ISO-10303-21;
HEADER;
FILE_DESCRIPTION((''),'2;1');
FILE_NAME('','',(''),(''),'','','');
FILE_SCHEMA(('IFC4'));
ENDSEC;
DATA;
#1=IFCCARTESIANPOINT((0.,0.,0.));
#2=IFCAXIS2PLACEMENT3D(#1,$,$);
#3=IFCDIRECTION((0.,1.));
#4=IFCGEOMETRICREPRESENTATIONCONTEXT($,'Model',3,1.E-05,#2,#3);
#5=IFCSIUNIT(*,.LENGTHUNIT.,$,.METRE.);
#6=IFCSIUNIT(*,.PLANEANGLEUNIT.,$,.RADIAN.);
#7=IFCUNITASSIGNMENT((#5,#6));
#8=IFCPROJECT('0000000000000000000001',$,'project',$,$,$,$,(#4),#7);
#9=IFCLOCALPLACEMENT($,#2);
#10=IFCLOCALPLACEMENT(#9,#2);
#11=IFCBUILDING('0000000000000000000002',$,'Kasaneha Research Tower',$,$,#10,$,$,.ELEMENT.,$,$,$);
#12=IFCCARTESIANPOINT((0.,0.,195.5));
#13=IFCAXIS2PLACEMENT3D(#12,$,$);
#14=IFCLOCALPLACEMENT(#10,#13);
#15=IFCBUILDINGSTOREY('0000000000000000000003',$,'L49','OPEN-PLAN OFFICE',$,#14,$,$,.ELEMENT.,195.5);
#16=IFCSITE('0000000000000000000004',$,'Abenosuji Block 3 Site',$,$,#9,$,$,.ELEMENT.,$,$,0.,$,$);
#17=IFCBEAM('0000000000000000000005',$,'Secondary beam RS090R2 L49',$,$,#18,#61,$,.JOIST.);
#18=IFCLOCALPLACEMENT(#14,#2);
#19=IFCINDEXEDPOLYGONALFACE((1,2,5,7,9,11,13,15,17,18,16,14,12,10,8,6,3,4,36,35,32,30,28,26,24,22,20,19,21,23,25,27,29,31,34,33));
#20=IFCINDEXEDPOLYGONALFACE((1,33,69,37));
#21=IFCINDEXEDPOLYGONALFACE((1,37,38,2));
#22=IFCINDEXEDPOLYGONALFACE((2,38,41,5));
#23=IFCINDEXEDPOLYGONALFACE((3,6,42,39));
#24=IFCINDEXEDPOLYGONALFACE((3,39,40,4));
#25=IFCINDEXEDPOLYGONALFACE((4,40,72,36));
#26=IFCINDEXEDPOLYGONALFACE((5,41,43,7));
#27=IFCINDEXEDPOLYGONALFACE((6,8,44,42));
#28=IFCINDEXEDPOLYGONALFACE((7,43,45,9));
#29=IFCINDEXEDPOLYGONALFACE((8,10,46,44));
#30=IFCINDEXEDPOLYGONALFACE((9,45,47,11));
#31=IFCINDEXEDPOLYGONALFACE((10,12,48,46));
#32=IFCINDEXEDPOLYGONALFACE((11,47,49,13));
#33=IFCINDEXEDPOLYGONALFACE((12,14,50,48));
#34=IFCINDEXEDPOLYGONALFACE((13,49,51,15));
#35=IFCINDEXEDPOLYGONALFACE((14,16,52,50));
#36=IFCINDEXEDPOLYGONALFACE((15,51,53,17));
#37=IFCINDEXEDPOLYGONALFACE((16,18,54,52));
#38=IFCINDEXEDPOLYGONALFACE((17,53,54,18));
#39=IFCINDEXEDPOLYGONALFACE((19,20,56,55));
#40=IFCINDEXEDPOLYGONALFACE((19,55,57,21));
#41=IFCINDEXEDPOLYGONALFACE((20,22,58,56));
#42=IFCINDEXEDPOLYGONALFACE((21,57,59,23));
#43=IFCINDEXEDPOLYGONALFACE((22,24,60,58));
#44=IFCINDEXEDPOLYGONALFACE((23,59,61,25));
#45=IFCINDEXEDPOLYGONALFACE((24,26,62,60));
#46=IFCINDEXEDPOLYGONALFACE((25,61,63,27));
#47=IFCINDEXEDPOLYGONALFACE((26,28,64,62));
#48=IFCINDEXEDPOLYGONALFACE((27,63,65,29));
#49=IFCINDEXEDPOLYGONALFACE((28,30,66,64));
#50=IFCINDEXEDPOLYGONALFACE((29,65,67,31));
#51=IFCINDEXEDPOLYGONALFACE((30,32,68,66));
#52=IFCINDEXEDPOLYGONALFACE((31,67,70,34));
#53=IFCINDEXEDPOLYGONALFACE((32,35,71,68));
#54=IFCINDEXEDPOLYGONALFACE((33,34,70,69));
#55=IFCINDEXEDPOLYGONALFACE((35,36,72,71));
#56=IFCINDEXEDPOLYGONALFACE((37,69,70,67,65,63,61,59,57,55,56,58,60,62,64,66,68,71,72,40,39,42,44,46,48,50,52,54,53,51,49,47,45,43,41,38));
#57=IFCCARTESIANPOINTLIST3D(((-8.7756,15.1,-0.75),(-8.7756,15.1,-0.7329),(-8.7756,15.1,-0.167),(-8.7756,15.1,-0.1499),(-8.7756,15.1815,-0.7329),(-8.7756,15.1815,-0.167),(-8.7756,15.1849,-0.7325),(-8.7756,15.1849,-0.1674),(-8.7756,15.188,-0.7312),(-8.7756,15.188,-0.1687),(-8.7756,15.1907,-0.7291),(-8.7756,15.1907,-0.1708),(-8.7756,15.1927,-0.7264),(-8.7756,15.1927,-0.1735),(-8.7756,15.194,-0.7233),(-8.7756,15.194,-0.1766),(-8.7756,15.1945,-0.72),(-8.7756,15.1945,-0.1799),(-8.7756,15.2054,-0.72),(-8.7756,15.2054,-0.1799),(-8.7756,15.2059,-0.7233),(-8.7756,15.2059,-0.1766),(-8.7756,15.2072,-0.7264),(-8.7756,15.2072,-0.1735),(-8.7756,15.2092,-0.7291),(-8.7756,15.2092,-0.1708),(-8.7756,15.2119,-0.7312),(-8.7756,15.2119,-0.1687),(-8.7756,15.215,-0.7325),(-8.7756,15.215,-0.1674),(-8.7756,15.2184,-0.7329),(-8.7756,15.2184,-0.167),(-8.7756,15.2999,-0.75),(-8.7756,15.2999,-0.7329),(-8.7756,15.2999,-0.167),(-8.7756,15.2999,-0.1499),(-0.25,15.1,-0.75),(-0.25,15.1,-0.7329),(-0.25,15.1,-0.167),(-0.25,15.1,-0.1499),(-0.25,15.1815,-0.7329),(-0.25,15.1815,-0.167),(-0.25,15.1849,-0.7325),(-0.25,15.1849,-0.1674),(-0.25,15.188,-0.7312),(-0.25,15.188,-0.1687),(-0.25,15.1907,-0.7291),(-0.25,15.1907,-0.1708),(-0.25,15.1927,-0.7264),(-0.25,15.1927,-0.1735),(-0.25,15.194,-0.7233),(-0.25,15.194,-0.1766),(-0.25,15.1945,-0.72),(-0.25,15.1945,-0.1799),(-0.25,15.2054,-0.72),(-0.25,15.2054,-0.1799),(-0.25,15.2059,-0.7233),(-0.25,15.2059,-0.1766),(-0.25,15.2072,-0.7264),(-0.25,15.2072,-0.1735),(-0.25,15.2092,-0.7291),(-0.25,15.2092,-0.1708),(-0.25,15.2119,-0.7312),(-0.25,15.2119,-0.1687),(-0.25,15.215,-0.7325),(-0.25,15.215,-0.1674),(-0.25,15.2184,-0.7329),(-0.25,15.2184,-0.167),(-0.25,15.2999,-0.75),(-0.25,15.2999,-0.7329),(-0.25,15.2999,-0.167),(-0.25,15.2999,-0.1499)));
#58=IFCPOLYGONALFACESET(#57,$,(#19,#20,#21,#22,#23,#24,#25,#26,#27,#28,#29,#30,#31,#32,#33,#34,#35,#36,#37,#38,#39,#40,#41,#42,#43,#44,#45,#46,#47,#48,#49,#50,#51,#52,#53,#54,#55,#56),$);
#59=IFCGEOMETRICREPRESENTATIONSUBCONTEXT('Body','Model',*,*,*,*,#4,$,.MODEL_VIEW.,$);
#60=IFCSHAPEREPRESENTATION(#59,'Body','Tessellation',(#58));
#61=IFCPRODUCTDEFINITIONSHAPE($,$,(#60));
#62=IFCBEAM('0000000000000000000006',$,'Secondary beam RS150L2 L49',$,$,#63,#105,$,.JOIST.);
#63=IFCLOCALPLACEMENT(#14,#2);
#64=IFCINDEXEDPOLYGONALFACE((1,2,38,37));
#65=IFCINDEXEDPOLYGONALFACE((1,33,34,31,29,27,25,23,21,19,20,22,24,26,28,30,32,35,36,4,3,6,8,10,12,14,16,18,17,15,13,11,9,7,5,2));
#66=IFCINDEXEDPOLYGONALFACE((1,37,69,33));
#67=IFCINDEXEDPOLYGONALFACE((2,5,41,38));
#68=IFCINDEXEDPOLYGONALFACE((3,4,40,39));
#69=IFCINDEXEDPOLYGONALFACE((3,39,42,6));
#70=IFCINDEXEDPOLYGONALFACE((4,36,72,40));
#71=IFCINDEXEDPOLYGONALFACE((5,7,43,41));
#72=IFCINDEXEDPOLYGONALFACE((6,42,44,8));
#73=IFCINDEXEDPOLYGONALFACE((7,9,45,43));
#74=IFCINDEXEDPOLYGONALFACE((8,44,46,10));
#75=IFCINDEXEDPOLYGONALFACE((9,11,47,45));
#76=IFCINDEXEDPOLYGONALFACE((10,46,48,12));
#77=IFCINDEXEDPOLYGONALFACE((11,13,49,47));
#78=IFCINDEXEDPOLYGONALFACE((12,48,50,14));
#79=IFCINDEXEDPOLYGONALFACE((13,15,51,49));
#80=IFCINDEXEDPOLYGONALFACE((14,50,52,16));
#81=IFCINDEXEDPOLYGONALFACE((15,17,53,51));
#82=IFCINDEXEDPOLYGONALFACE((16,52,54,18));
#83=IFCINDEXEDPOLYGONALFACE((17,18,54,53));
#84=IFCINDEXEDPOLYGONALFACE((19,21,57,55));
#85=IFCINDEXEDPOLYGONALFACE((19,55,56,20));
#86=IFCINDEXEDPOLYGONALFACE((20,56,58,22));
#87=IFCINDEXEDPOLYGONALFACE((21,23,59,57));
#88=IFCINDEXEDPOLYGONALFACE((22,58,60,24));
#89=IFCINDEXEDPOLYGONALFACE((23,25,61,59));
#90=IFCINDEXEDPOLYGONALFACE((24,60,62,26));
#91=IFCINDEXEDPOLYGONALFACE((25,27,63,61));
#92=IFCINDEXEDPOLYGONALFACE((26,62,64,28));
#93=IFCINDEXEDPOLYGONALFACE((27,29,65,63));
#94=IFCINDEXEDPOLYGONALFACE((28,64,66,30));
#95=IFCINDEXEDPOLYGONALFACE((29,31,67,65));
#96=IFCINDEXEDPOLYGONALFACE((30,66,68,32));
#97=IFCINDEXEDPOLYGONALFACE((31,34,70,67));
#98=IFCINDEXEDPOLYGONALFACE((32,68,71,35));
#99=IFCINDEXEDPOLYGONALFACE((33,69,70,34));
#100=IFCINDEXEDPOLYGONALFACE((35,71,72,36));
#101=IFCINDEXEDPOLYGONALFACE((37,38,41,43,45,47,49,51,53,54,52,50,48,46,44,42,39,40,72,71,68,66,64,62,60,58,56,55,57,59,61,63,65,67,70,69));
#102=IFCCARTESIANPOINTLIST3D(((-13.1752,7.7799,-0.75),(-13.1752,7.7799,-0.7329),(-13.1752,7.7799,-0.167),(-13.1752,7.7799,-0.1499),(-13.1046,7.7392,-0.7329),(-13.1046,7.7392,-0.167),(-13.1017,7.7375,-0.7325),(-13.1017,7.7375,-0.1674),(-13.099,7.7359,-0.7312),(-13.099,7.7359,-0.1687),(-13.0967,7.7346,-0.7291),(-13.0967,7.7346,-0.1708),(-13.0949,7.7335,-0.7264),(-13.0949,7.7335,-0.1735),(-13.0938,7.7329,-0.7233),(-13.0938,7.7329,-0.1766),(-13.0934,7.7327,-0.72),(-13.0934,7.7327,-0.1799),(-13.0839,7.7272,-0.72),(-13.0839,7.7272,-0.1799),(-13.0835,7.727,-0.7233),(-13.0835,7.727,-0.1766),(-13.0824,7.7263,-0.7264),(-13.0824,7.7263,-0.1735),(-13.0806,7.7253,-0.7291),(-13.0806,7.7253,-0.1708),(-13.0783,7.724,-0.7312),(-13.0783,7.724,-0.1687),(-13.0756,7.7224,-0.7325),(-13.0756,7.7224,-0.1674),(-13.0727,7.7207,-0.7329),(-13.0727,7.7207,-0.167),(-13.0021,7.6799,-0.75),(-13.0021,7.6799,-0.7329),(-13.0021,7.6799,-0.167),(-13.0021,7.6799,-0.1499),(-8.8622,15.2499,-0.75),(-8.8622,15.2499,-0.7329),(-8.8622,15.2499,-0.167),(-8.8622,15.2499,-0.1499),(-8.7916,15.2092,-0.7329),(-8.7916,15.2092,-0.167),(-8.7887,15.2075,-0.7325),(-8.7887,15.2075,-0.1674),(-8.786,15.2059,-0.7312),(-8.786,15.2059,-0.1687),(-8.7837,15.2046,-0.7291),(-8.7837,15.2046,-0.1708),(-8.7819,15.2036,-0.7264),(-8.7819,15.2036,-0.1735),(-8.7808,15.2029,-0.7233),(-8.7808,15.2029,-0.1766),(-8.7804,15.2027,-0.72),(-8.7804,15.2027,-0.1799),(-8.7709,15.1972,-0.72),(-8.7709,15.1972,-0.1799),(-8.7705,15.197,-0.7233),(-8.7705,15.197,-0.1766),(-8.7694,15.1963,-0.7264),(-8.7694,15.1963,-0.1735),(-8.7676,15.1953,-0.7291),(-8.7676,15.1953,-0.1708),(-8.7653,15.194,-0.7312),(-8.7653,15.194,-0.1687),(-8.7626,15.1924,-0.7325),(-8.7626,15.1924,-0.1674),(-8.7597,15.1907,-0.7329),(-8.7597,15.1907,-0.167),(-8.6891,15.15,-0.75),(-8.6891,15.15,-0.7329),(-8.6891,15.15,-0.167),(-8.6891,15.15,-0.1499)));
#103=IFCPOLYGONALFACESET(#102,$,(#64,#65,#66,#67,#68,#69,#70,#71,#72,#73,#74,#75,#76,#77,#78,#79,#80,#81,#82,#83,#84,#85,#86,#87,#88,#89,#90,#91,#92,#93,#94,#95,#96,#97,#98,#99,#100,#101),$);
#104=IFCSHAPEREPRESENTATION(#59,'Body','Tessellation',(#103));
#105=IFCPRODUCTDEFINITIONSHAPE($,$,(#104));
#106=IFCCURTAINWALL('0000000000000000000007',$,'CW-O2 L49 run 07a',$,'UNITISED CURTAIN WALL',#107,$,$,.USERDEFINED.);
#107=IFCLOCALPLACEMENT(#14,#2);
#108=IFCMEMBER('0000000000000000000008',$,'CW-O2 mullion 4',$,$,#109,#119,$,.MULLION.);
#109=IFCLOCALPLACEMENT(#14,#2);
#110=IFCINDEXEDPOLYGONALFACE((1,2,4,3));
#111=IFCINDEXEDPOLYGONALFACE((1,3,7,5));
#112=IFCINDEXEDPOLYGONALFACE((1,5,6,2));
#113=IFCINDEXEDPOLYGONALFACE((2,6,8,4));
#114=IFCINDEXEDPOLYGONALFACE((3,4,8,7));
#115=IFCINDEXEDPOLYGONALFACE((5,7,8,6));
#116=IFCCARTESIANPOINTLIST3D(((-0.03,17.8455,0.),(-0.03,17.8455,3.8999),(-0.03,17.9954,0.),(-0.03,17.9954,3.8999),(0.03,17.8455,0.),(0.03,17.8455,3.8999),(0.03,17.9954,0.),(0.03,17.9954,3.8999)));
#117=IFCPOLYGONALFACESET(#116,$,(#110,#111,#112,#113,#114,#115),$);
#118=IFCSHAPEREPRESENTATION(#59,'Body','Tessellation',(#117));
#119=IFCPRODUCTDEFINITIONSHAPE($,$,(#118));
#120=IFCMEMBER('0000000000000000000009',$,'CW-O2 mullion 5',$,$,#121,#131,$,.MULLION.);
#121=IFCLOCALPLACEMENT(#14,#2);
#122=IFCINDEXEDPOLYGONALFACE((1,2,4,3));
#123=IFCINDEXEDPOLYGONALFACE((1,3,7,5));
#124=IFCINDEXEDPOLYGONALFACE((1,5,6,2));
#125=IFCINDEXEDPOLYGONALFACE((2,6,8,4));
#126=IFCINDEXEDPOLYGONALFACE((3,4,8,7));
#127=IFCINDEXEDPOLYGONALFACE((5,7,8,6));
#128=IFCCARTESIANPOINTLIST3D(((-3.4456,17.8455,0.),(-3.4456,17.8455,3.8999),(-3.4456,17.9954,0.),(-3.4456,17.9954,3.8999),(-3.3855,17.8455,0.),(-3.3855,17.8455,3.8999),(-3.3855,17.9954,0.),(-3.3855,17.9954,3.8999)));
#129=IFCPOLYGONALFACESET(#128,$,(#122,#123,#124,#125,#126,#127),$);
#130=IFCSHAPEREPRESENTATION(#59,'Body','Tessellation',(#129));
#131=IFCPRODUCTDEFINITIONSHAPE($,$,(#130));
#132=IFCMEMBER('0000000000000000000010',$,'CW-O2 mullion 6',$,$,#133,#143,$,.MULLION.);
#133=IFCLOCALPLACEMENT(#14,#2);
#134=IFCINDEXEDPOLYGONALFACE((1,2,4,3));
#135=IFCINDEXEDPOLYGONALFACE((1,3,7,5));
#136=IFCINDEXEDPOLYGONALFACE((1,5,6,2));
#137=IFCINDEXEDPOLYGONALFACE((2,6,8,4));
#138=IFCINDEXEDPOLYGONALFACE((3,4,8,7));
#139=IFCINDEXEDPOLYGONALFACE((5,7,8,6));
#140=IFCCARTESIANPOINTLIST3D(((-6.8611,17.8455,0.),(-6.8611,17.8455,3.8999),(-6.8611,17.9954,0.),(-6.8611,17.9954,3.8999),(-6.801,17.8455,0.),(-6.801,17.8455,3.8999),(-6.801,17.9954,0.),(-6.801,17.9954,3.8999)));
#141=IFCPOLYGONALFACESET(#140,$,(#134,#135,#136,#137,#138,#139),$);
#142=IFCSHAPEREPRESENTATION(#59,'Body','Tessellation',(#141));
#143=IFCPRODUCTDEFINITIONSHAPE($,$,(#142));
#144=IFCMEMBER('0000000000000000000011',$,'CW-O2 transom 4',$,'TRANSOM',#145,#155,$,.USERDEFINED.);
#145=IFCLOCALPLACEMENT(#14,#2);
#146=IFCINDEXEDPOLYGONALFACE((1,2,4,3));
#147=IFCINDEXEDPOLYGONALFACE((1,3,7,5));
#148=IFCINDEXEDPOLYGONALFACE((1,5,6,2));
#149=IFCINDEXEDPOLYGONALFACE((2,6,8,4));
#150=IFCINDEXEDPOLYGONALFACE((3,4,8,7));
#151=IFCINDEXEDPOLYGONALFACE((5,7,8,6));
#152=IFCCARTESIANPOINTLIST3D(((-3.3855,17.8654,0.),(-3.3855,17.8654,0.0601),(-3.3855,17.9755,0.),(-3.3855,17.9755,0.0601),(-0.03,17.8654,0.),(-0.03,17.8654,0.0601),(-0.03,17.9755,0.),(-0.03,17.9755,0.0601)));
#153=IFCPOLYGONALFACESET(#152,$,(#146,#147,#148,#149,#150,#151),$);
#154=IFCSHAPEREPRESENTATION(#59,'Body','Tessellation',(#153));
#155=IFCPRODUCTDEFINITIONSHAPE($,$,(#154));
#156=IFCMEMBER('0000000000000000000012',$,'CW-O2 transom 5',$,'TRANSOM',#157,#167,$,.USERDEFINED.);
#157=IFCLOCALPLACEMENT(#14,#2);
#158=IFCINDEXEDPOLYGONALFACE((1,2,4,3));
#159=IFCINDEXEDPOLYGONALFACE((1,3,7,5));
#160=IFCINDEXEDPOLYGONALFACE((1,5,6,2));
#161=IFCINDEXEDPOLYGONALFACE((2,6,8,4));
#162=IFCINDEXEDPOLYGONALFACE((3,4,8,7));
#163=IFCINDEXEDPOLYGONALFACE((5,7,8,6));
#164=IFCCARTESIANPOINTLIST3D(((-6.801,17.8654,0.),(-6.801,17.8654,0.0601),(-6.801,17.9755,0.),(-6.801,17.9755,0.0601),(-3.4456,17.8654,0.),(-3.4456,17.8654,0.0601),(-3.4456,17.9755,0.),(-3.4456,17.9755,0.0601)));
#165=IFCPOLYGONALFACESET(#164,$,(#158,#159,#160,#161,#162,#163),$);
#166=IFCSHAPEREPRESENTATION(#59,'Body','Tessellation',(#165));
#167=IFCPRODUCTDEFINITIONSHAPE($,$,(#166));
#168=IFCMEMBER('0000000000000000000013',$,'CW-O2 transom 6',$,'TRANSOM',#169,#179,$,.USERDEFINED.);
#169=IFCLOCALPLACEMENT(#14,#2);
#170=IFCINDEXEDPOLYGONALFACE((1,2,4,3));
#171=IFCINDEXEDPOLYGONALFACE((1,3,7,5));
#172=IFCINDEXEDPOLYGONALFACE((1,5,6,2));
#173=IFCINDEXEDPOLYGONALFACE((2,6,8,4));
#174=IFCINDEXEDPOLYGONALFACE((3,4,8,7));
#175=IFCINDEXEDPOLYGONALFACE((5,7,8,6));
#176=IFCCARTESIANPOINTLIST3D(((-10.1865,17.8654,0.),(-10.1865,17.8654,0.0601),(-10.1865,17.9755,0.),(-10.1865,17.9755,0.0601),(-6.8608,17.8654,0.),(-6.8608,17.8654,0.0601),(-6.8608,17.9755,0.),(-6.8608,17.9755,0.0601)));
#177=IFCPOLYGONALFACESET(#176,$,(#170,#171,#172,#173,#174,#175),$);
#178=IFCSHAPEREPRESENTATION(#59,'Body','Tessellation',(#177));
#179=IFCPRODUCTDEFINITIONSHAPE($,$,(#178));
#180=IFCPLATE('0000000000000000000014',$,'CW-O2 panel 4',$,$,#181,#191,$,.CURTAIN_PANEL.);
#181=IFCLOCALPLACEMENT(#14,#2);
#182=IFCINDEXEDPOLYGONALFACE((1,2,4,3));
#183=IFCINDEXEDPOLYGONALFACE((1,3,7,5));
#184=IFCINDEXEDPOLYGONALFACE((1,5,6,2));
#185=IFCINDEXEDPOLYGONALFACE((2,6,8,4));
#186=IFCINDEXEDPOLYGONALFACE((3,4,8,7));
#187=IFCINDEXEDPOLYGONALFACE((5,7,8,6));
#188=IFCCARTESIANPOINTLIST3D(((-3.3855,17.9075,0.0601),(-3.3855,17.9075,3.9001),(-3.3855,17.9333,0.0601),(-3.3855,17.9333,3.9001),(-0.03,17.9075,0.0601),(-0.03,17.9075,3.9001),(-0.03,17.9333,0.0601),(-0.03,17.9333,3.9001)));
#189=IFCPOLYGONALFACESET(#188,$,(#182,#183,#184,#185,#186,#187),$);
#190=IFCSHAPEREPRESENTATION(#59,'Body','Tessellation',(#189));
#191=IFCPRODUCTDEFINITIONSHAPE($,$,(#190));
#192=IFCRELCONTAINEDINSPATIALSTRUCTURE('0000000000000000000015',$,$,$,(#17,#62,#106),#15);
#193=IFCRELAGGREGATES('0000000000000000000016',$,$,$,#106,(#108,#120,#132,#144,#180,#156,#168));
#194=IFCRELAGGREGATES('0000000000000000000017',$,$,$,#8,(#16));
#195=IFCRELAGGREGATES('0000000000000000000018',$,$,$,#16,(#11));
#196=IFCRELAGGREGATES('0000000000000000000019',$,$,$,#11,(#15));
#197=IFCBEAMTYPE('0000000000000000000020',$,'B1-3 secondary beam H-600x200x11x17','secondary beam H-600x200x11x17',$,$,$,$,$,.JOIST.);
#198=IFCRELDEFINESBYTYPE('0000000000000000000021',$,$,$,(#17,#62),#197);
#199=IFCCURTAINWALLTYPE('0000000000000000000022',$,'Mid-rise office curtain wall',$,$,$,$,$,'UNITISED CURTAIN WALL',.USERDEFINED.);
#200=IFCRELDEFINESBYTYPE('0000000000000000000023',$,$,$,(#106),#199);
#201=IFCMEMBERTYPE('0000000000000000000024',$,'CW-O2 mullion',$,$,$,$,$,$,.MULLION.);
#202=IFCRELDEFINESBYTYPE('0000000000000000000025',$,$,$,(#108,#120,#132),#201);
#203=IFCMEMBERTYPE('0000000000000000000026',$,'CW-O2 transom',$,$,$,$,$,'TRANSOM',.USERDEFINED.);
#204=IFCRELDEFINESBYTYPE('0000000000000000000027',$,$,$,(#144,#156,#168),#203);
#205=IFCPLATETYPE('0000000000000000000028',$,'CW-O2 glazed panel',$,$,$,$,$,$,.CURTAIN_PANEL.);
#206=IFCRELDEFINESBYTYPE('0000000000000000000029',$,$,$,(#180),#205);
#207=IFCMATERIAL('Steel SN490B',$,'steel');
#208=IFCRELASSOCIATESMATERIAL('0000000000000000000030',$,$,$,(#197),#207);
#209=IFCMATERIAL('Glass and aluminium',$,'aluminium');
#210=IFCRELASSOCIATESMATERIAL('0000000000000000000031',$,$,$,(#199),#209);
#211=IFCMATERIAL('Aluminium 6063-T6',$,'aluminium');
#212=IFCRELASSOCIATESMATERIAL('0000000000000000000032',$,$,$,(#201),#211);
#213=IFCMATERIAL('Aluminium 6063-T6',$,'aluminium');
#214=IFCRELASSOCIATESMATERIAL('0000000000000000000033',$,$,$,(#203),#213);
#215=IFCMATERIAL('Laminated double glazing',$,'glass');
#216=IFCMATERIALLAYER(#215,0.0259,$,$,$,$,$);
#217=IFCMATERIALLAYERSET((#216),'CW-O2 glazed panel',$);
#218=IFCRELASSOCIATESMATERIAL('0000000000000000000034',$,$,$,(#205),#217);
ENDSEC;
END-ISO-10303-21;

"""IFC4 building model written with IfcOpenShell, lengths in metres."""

from ifc_helpers import new_model, si_unit, direction, frame, origin, origin_2d, place, context, subcontext, project, spatial, rectangle, i_section, extrude, material, layer, layer_set, material_profile, profile_set, type_object, element, aggregate, save


model = new_model("IFC4")

# Units and contexts
model_context = context("Model", 3, precision=1e-05, world=origin(), true_north=direction((0.0, 1.0)))
body_context = subcontext(model_context, "Body", "Model", "MODEL_VIEW")
ifc_project = project(units=[si_unit("LENGTHUNIT", "METRE"), si_unit("PLANEANGLEUNIT", "RADIAN")], contexts=[model_context])

# Site, building, storey
site_placement = place(None, origin())
site = spatial("IfcSite", under=ifc_project, at=site_placement, Name="Abenosuji Block 3 Site", CompositionType="ELEMENT", RefElevation=0.0)
building_placement = place(site_placement, origin())
building = spatial("IfcBuilding", under=site, at=building_placement, Name="Kasaneha Research Tower", CompositionType="ELEMENT")
storey_placement = place(building_placement, frame((0.0, 0.0, 195.5)))
storey = spatial("IfcBuildingStorey", under=building, at=storey_placement, Name="L49", Description="OPEN-PLAN OFFICE", CompositionType="ELEMENT", Elevation=195.5)

# Beams
ifc_material_1 = material(Name="Steel SN490B", Category="steel")
ifc_material_profile_1 = material_profile(ifc_material_1, i_section(OverallWidth=0.2, OverallDepth=0.6001, WebThickness=0.011, FlangeThickness=0.0171, FilletRadius=0.0129, at=origin_2d()), Name="H-600x200x11x17")
ifc_profile_set_1 = profile_set([ifc_material_profile_1], Name="Steel SN490B")
beam_type = type_object("IfcBeamType", Name="B1-3 secondary beam H-600x200x11x17", Description="secondary beam H-600x200x11x17", PredefinedType="JOIST", material=ifc_profile_set_1)
beam_1_placement = place(storey_placement, frame((-8.7756, 15.2, -0.45), z_axis=(1.0, 0.0, 0.0), x_axis=(0.0, 1.0, 0.0)))
element("IfcBeam", 1, at=beam_1_placement, inside=storey, type_object=beam_type, Name="Secondary beam RS090R2 L49", PredefinedType="JOIST", context=body_context, shape_type="SweptSolid", body=[
    extrude(i_section(OverallWidth=0.2, OverallDepth=0.6001, WebThickness=0.011, FlangeThickness=0.0171, FilletRadius=0.0129, at=origin_2d()), origin(), (0.0, 0.0, 1.0), 8.5256),
])
beam_2_placement = place(storey_placement, frame((-8.7756, 15.2, -0.45), z_axis=(-0.500017, -0.866015, 0.0), x_axis=(0.866015, -0.500017, 0.0)))
element("IfcBeam", 2, at=beam_2_placement, inside=storey, type_object=beam_type, Name="Secondary beam RS150L2 L49", PredefinedType="JOIST", context=body_context, shape_type="SweptSolid", body=[
    extrude(i_section(OverallWidth=0.2, OverallDepth=0.6001, WebThickness=0.011, FlangeThickness=0.0171, FilletRadius=0.0129, at=origin_2d()), origin(), (0.0, 0.0, 1.0), 8.6257),
])

# Curtain wall, members, plate
ifc_material_2 = material(Name="Glass and aluminium", Category="aluminium")
curtain_wall_type = type_object("IfcCurtainWallType", Name="Mid-rise office curtain wall", ElementType="UNITISED CURTAIN WALL", PredefinedType="USERDEFINED", material=ifc_material_2)
curtain_wall_placement = place(storey_placement, origin())
curtain_wall = element("IfcCurtainWall", 3, at=curtain_wall_placement, inside=storey, type_object=curtain_wall_type, Name="CW-O2 L49 run 07a", ObjectType="UNITISED CURTAIN WALL", PredefinedType="USERDEFINED")
ifc_material_3 = material(Name="Aluminium 6063-T6", Category="aluminium")
ifc_material_profile_2 = material_profile(ifc_material_3, rectangle(XDim=0.0601, YDim=0.1499, at=origin_2d()), Name="CW-O2 mullion 60x150")
ifc_profile_set_2 = profile_set([ifc_material_profile_2], Name="Aluminium 6063-T6")
member_type_1 = type_object("IfcMemberType", Name="CW-O2 mullion", PredefinedType="MULLION", material=ifc_profile_set_2)
member_1_placement = place(storey_placement, frame((0.0, 17.9204, 0.0), z_axis=(0.0, 0.0, 1.0), x_axis=(-1.0, 0.0, 0.0)))
member_1 = element("IfcMember", 4, at=member_1_placement, type_object=member_type_1, Name="CW-O2 mullion 4", PredefinedType="MULLION", context=body_context, shape_type="SweptSolid", body=[
    extrude(rectangle(XDim=0.0601, YDim=0.1499, at=origin_2d()), origin(), (0.0, 0.0, 1.0), 3.8999),
])
member_2_placement = place(storey_placement, frame((-3.4155, 17.9204, 0.0), z_axis=(0.0, 0.0, 1.0), x_axis=(-1.0, 0.0, 0.0)))
member_2 = element("IfcMember", 5, at=member_2_placement, type_object=member_type_1, Name="CW-O2 mullion 5", PredefinedType="MULLION", context=body_context, shape_type="SweptSolid", body=[
    extrude(rectangle(XDim=0.0601, YDim=0.1499, at=origin_2d()), origin(), (0.0, 0.0, 1.0), 3.8999),
])
member_3_placement = place(storey_placement, frame((-6.8311, 17.9204, 0.0), z_axis=(0.0, 0.0, 1.0), x_axis=(-1.0, 0.0, 0.0)))
member_3 = element("IfcMember", 6, at=member_3_placement, type_object=member_type_1, Name="CW-O2 mullion 6", PredefinedType="MULLION", context=body_context, shape_type="SweptSolid", body=[
    extrude(rectangle(XDim=0.0601, YDim=0.1499, at=origin_2d()), origin(), (0.0, 0.0, 1.0), 3.8999),
])
ifc_material_4 = material(Name="Aluminium 6063-T6", Category="aluminium")
ifc_material_profile_3 = material_profile(ifc_material_4, rectangle(XDim=0.1101, YDim=0.0601, at=origin_2d()), Name="CW-O2 transom 110x60")
ifc_profile_set_3 = profile_set([ifc_material_profile_3], Name="Aluminium 6063-T6")
member_type_2 = type_object("IfcMemberType", Name="CW-O2 transom", ElementType="TRANSOM", PredefinedType="USERDEFINED", material=ifc_profile_set_3)
member_4_placement = place(storey_placement, frame((-0.03, 17.9204, 0.03), z_axis=(-1.0, 0.0, 0.0), x_axis=(0.0, -1.0, 0.0)))
member_4 = element("IfcMember", 7, at=member_4_placement, type_object=member_type_2, Name="CW-O2 transom 4", ObjectType="TRANSOM", PredefinedType="USERDEFINED", context=body_context, shape_type="SweptSolid", body=[
    extrude(rectangle(XDim=0.1101, YDim=0.0601, at=origin_2d()), origin(), (0.0, 0.0, 1.0), 3.3555),
])
member_5_placement = place(storey_placement, frame((-3.4456, 17.9204, 0.03), z_axis=(-1.0, 0.0, 0.0), x_axis=(0.0, -1.0, 0.0)))
member_5 = element("IfcMember", 8, at=member_5_placement, type_object=member_type_2, Name="CW-O2 transom 5", ObjectType="TRANSOM", PredefinedType="USERDEFINED", context=body_context, shape_type="SweptSolid", body=[
    extrude(rectangle(XDim=0.1101, YDim=0.0601, at=origin_2d()), origin(), (0.0, 0.0, 1.0), 3.3555),
])
member_6_placement = place(storey_placement, frame((-6.8608, 17.9204, 0.03), z_axis=(-1.0, 0.0, 0.0), x_axis=(0.0, -1.0, 0.0)))
member_6 = element("IfcMember", 9, at=member_6_placement, type_object=member_type_2, Name="CW-O2 transom 6", ObjectType="TRANSOM", PredefinedType="USERDEFINED", context=body_context, shape_type="SweptSolid", body=[
    extrude(rectangle(XDim=0.1101, YDim=0.0601, at=origin_2d()), origin(), (0.0, 0.0, 1.0), 3.3257),
])
ifc_material_5 = material(Name="Laminated double glazing", Category="glass")
ifc_layer_1 = layer(ifc_material_5, 0.0259)
ifc_layer_set_1 = layer_set([ifc_layer_1], Name="CW-O2 glazed panel")
plate_type = type_object("IfcPlateType", Name="CW-O2 glazed panel", PredefinedType="CURTAIN_PANEL", material=ifc_layer_set_1)
plate_1_placement = place(storey_placement, frame((-1.7078, 17.9204, 0.0601), z_axis=(0.0, 0.0, 1.0), x_axis=(-1.0, 0.0, 0.0)))
plate_1 = element("IfcPlate", 10, at=plate_1_placement, type_object=plate_type, Name="CW-O2 panel 4", PredefinedType="CURTAIN_PANEL", context=body_context, shape_type="SweptSolid", body=[
    extrude(rectangle(XDim=3.3555, YDim=0.0259, at=origin_2d()), origin(), (0.0, 0.0, 1.0), 3.8401),
])
aggregate(curtain_wall, [member_1, member_2, member_3, member_4, plate_1, member_5, member_6])

save(model, "model.ifc")
